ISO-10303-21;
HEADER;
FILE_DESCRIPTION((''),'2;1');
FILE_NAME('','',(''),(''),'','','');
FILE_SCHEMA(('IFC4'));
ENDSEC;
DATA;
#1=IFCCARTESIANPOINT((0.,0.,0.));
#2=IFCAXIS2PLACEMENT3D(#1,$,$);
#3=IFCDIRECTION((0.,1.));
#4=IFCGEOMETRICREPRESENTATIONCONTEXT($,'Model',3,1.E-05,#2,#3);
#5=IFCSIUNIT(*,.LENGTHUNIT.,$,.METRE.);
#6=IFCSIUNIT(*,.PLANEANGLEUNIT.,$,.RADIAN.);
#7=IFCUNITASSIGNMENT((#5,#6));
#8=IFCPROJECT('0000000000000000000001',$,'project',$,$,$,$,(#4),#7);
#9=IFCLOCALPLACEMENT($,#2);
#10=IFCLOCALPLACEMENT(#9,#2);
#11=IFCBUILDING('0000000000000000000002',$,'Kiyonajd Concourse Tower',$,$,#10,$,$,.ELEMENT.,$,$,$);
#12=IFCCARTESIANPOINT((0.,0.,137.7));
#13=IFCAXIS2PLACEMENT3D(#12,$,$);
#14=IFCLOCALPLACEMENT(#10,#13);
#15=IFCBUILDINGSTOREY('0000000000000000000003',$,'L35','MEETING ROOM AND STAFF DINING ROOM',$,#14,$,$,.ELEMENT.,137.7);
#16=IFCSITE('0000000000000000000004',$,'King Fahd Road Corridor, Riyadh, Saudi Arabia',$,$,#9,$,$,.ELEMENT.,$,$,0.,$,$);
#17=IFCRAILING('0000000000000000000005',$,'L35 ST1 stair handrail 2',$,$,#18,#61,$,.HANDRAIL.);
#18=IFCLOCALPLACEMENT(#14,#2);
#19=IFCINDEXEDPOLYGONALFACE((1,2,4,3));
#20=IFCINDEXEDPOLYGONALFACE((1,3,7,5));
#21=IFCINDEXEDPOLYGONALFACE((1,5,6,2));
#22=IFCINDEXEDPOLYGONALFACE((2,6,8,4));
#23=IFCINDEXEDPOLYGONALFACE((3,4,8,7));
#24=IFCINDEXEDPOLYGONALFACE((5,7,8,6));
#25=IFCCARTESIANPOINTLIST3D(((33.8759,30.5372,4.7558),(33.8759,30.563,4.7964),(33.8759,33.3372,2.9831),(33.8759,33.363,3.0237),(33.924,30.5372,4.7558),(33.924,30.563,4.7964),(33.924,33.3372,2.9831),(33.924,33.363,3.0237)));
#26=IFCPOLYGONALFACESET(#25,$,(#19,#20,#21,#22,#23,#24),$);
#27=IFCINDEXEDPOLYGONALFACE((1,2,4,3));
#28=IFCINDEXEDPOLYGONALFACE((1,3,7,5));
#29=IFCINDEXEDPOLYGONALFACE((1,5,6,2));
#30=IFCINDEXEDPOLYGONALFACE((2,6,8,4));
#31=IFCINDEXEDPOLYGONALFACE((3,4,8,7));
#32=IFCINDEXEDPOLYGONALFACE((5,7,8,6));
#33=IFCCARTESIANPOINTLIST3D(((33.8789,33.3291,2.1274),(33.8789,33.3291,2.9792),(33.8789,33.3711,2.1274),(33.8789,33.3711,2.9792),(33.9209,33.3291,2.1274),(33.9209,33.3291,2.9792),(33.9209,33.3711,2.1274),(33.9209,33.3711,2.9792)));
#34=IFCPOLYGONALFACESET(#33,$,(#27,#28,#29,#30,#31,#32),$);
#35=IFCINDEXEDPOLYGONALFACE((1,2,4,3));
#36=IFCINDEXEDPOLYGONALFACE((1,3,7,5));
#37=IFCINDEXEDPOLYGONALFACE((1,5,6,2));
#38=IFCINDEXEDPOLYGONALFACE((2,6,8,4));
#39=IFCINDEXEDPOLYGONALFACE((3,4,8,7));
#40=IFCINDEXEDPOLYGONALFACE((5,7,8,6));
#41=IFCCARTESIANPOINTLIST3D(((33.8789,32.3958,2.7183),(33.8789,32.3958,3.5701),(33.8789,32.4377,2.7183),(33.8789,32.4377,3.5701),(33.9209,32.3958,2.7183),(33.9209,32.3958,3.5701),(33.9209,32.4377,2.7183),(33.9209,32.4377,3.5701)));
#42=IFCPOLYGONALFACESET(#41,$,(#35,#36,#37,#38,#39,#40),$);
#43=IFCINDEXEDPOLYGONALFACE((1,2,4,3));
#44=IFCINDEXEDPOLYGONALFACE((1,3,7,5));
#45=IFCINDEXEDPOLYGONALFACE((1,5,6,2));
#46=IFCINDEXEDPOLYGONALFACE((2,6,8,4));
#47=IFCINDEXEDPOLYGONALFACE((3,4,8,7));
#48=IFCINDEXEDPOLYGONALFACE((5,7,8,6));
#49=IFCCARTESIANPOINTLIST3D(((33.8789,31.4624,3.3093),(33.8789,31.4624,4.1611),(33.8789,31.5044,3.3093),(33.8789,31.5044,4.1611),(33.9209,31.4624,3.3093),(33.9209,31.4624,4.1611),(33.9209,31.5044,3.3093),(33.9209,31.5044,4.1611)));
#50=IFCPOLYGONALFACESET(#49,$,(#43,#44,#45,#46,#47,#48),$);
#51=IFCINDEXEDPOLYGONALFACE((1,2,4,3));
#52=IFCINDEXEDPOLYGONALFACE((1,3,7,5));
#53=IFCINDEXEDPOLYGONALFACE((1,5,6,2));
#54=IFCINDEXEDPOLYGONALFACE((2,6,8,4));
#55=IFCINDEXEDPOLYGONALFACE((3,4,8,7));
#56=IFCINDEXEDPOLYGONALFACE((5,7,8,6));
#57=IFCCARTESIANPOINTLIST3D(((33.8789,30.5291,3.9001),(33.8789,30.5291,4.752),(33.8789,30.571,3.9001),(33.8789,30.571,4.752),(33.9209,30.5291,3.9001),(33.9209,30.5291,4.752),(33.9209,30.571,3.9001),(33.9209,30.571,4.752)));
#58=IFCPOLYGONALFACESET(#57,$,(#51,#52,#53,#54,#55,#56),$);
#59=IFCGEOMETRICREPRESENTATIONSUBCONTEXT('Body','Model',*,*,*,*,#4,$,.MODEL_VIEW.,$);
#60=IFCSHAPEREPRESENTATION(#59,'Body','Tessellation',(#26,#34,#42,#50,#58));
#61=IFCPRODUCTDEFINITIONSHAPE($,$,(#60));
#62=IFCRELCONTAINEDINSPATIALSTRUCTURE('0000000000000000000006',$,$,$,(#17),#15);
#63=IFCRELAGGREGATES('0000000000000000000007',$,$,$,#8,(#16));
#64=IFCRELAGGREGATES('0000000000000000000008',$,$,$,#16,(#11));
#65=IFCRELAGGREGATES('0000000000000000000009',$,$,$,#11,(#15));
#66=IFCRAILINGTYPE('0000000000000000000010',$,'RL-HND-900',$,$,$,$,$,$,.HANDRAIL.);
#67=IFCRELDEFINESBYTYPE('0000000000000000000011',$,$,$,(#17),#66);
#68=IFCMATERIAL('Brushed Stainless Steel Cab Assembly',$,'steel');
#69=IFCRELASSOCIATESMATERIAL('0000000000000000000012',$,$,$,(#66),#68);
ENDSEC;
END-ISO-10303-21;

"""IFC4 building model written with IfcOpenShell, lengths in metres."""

from ifc_helpers import new_model, si_unit, direction, frame, origin, origin_2d, place, context, subcontext, project, spatial, rectangle, extrude, material, type_object, element, save


model = new_model("IFC4")

# Units and contexts
model_context = context("Model", 3, precision=1e-05, world=origin(), true_north=direction((0.0, 1.0)))
body_context = subcontext(model_context, "Body", "Model", "MODEL_VIEW")
ifc_project = project(units=[si_unit("LENGTHUNIT", "METRE"), si_unit("PLANEANGLEUNIT", "RADIAN")], contexts=[model_context])

# Site, building, storey
site_placement = place(None, origin())
site = spatial("IfcSite", under=ifc_project, at=site_placement, Name="King Fahd Road Corridor, Riyadh, Saudi Arabia", CompositionType="ELEMENT", RefElevation=0.0)
building_placement = place(site_placement, origin())
building = spatial("IfcBuilding", under=site, at=building_placement, Name="Kiyonajd Concourse Tower", CompositionType="ELEMENT")
storey_placement = place(building_placement, frame((0.0, 0.0, 137.7)))
storey = spatial("IfcBuildingStorey", under=building, at=storey_placement, Name="L35", Description="MEETING ROOM AND STAFF DINING ROOM", CompositionType="ELEMENT", Elevation=137.7)

# Shared definitions
ifc_material_1 = material(Name="Brushed Stainless Steel Cab Assembly", Category="steel")

# Railing
railing_type_1 = type_object("IfcRailingType", Name="RL-HND-900", PredefinedType="HANDRAIL", material=ifc_material_1)
railing_1_placement = place(storey_placement, frame((33.8999, 33.3501, 2.1274)))
element("IfcRailing", 1, at=railing_1_placement, inside=storey, type_object=railing_type_1, Name="L35 ST1 stair handrail 2", PredefinedType="HANDRAIL", context=body_context, shape_type="SweptSolid", body=[
    extrude(rectangle(XDim=0.0481, YDim=0.0481, at=origin_2d()), frame((0.0, 0.0, 0.876), z_axis=(0.0, -0.844909, 0.53491), x_axis=(1.0, 0.0, 0.0)), (0.0, 0.0, 1.0), 3.314),
    extrude(rectangle(XDim=0.042, YDim=0.042, at=origin_2d()), origin(), (0.0, 0.0, 1.0), 0.8518),
    extrude(rectangle(XDim=0.042, YDim=0.042, at=origin_2d()), frame((0.0, -0.9333, 0.5908)), (0.0, 0.0, 1.0), 0.8518),
    extrude(rectangle(XDim=0.042, YDim=0.042, at=origin_2d()), frame((0.0, -1.8667, 1.1819)), (0.0, 0.0, 1.0), 0.8518),
    extrude(rectangle(XDim=0.042, YDim=0.042, at=origin_2d()), frame((0.0, -2.8, 1.7727)), (0.0, 0.0, 1.0), 0.8518),
])

save(model, "model.ifc")
